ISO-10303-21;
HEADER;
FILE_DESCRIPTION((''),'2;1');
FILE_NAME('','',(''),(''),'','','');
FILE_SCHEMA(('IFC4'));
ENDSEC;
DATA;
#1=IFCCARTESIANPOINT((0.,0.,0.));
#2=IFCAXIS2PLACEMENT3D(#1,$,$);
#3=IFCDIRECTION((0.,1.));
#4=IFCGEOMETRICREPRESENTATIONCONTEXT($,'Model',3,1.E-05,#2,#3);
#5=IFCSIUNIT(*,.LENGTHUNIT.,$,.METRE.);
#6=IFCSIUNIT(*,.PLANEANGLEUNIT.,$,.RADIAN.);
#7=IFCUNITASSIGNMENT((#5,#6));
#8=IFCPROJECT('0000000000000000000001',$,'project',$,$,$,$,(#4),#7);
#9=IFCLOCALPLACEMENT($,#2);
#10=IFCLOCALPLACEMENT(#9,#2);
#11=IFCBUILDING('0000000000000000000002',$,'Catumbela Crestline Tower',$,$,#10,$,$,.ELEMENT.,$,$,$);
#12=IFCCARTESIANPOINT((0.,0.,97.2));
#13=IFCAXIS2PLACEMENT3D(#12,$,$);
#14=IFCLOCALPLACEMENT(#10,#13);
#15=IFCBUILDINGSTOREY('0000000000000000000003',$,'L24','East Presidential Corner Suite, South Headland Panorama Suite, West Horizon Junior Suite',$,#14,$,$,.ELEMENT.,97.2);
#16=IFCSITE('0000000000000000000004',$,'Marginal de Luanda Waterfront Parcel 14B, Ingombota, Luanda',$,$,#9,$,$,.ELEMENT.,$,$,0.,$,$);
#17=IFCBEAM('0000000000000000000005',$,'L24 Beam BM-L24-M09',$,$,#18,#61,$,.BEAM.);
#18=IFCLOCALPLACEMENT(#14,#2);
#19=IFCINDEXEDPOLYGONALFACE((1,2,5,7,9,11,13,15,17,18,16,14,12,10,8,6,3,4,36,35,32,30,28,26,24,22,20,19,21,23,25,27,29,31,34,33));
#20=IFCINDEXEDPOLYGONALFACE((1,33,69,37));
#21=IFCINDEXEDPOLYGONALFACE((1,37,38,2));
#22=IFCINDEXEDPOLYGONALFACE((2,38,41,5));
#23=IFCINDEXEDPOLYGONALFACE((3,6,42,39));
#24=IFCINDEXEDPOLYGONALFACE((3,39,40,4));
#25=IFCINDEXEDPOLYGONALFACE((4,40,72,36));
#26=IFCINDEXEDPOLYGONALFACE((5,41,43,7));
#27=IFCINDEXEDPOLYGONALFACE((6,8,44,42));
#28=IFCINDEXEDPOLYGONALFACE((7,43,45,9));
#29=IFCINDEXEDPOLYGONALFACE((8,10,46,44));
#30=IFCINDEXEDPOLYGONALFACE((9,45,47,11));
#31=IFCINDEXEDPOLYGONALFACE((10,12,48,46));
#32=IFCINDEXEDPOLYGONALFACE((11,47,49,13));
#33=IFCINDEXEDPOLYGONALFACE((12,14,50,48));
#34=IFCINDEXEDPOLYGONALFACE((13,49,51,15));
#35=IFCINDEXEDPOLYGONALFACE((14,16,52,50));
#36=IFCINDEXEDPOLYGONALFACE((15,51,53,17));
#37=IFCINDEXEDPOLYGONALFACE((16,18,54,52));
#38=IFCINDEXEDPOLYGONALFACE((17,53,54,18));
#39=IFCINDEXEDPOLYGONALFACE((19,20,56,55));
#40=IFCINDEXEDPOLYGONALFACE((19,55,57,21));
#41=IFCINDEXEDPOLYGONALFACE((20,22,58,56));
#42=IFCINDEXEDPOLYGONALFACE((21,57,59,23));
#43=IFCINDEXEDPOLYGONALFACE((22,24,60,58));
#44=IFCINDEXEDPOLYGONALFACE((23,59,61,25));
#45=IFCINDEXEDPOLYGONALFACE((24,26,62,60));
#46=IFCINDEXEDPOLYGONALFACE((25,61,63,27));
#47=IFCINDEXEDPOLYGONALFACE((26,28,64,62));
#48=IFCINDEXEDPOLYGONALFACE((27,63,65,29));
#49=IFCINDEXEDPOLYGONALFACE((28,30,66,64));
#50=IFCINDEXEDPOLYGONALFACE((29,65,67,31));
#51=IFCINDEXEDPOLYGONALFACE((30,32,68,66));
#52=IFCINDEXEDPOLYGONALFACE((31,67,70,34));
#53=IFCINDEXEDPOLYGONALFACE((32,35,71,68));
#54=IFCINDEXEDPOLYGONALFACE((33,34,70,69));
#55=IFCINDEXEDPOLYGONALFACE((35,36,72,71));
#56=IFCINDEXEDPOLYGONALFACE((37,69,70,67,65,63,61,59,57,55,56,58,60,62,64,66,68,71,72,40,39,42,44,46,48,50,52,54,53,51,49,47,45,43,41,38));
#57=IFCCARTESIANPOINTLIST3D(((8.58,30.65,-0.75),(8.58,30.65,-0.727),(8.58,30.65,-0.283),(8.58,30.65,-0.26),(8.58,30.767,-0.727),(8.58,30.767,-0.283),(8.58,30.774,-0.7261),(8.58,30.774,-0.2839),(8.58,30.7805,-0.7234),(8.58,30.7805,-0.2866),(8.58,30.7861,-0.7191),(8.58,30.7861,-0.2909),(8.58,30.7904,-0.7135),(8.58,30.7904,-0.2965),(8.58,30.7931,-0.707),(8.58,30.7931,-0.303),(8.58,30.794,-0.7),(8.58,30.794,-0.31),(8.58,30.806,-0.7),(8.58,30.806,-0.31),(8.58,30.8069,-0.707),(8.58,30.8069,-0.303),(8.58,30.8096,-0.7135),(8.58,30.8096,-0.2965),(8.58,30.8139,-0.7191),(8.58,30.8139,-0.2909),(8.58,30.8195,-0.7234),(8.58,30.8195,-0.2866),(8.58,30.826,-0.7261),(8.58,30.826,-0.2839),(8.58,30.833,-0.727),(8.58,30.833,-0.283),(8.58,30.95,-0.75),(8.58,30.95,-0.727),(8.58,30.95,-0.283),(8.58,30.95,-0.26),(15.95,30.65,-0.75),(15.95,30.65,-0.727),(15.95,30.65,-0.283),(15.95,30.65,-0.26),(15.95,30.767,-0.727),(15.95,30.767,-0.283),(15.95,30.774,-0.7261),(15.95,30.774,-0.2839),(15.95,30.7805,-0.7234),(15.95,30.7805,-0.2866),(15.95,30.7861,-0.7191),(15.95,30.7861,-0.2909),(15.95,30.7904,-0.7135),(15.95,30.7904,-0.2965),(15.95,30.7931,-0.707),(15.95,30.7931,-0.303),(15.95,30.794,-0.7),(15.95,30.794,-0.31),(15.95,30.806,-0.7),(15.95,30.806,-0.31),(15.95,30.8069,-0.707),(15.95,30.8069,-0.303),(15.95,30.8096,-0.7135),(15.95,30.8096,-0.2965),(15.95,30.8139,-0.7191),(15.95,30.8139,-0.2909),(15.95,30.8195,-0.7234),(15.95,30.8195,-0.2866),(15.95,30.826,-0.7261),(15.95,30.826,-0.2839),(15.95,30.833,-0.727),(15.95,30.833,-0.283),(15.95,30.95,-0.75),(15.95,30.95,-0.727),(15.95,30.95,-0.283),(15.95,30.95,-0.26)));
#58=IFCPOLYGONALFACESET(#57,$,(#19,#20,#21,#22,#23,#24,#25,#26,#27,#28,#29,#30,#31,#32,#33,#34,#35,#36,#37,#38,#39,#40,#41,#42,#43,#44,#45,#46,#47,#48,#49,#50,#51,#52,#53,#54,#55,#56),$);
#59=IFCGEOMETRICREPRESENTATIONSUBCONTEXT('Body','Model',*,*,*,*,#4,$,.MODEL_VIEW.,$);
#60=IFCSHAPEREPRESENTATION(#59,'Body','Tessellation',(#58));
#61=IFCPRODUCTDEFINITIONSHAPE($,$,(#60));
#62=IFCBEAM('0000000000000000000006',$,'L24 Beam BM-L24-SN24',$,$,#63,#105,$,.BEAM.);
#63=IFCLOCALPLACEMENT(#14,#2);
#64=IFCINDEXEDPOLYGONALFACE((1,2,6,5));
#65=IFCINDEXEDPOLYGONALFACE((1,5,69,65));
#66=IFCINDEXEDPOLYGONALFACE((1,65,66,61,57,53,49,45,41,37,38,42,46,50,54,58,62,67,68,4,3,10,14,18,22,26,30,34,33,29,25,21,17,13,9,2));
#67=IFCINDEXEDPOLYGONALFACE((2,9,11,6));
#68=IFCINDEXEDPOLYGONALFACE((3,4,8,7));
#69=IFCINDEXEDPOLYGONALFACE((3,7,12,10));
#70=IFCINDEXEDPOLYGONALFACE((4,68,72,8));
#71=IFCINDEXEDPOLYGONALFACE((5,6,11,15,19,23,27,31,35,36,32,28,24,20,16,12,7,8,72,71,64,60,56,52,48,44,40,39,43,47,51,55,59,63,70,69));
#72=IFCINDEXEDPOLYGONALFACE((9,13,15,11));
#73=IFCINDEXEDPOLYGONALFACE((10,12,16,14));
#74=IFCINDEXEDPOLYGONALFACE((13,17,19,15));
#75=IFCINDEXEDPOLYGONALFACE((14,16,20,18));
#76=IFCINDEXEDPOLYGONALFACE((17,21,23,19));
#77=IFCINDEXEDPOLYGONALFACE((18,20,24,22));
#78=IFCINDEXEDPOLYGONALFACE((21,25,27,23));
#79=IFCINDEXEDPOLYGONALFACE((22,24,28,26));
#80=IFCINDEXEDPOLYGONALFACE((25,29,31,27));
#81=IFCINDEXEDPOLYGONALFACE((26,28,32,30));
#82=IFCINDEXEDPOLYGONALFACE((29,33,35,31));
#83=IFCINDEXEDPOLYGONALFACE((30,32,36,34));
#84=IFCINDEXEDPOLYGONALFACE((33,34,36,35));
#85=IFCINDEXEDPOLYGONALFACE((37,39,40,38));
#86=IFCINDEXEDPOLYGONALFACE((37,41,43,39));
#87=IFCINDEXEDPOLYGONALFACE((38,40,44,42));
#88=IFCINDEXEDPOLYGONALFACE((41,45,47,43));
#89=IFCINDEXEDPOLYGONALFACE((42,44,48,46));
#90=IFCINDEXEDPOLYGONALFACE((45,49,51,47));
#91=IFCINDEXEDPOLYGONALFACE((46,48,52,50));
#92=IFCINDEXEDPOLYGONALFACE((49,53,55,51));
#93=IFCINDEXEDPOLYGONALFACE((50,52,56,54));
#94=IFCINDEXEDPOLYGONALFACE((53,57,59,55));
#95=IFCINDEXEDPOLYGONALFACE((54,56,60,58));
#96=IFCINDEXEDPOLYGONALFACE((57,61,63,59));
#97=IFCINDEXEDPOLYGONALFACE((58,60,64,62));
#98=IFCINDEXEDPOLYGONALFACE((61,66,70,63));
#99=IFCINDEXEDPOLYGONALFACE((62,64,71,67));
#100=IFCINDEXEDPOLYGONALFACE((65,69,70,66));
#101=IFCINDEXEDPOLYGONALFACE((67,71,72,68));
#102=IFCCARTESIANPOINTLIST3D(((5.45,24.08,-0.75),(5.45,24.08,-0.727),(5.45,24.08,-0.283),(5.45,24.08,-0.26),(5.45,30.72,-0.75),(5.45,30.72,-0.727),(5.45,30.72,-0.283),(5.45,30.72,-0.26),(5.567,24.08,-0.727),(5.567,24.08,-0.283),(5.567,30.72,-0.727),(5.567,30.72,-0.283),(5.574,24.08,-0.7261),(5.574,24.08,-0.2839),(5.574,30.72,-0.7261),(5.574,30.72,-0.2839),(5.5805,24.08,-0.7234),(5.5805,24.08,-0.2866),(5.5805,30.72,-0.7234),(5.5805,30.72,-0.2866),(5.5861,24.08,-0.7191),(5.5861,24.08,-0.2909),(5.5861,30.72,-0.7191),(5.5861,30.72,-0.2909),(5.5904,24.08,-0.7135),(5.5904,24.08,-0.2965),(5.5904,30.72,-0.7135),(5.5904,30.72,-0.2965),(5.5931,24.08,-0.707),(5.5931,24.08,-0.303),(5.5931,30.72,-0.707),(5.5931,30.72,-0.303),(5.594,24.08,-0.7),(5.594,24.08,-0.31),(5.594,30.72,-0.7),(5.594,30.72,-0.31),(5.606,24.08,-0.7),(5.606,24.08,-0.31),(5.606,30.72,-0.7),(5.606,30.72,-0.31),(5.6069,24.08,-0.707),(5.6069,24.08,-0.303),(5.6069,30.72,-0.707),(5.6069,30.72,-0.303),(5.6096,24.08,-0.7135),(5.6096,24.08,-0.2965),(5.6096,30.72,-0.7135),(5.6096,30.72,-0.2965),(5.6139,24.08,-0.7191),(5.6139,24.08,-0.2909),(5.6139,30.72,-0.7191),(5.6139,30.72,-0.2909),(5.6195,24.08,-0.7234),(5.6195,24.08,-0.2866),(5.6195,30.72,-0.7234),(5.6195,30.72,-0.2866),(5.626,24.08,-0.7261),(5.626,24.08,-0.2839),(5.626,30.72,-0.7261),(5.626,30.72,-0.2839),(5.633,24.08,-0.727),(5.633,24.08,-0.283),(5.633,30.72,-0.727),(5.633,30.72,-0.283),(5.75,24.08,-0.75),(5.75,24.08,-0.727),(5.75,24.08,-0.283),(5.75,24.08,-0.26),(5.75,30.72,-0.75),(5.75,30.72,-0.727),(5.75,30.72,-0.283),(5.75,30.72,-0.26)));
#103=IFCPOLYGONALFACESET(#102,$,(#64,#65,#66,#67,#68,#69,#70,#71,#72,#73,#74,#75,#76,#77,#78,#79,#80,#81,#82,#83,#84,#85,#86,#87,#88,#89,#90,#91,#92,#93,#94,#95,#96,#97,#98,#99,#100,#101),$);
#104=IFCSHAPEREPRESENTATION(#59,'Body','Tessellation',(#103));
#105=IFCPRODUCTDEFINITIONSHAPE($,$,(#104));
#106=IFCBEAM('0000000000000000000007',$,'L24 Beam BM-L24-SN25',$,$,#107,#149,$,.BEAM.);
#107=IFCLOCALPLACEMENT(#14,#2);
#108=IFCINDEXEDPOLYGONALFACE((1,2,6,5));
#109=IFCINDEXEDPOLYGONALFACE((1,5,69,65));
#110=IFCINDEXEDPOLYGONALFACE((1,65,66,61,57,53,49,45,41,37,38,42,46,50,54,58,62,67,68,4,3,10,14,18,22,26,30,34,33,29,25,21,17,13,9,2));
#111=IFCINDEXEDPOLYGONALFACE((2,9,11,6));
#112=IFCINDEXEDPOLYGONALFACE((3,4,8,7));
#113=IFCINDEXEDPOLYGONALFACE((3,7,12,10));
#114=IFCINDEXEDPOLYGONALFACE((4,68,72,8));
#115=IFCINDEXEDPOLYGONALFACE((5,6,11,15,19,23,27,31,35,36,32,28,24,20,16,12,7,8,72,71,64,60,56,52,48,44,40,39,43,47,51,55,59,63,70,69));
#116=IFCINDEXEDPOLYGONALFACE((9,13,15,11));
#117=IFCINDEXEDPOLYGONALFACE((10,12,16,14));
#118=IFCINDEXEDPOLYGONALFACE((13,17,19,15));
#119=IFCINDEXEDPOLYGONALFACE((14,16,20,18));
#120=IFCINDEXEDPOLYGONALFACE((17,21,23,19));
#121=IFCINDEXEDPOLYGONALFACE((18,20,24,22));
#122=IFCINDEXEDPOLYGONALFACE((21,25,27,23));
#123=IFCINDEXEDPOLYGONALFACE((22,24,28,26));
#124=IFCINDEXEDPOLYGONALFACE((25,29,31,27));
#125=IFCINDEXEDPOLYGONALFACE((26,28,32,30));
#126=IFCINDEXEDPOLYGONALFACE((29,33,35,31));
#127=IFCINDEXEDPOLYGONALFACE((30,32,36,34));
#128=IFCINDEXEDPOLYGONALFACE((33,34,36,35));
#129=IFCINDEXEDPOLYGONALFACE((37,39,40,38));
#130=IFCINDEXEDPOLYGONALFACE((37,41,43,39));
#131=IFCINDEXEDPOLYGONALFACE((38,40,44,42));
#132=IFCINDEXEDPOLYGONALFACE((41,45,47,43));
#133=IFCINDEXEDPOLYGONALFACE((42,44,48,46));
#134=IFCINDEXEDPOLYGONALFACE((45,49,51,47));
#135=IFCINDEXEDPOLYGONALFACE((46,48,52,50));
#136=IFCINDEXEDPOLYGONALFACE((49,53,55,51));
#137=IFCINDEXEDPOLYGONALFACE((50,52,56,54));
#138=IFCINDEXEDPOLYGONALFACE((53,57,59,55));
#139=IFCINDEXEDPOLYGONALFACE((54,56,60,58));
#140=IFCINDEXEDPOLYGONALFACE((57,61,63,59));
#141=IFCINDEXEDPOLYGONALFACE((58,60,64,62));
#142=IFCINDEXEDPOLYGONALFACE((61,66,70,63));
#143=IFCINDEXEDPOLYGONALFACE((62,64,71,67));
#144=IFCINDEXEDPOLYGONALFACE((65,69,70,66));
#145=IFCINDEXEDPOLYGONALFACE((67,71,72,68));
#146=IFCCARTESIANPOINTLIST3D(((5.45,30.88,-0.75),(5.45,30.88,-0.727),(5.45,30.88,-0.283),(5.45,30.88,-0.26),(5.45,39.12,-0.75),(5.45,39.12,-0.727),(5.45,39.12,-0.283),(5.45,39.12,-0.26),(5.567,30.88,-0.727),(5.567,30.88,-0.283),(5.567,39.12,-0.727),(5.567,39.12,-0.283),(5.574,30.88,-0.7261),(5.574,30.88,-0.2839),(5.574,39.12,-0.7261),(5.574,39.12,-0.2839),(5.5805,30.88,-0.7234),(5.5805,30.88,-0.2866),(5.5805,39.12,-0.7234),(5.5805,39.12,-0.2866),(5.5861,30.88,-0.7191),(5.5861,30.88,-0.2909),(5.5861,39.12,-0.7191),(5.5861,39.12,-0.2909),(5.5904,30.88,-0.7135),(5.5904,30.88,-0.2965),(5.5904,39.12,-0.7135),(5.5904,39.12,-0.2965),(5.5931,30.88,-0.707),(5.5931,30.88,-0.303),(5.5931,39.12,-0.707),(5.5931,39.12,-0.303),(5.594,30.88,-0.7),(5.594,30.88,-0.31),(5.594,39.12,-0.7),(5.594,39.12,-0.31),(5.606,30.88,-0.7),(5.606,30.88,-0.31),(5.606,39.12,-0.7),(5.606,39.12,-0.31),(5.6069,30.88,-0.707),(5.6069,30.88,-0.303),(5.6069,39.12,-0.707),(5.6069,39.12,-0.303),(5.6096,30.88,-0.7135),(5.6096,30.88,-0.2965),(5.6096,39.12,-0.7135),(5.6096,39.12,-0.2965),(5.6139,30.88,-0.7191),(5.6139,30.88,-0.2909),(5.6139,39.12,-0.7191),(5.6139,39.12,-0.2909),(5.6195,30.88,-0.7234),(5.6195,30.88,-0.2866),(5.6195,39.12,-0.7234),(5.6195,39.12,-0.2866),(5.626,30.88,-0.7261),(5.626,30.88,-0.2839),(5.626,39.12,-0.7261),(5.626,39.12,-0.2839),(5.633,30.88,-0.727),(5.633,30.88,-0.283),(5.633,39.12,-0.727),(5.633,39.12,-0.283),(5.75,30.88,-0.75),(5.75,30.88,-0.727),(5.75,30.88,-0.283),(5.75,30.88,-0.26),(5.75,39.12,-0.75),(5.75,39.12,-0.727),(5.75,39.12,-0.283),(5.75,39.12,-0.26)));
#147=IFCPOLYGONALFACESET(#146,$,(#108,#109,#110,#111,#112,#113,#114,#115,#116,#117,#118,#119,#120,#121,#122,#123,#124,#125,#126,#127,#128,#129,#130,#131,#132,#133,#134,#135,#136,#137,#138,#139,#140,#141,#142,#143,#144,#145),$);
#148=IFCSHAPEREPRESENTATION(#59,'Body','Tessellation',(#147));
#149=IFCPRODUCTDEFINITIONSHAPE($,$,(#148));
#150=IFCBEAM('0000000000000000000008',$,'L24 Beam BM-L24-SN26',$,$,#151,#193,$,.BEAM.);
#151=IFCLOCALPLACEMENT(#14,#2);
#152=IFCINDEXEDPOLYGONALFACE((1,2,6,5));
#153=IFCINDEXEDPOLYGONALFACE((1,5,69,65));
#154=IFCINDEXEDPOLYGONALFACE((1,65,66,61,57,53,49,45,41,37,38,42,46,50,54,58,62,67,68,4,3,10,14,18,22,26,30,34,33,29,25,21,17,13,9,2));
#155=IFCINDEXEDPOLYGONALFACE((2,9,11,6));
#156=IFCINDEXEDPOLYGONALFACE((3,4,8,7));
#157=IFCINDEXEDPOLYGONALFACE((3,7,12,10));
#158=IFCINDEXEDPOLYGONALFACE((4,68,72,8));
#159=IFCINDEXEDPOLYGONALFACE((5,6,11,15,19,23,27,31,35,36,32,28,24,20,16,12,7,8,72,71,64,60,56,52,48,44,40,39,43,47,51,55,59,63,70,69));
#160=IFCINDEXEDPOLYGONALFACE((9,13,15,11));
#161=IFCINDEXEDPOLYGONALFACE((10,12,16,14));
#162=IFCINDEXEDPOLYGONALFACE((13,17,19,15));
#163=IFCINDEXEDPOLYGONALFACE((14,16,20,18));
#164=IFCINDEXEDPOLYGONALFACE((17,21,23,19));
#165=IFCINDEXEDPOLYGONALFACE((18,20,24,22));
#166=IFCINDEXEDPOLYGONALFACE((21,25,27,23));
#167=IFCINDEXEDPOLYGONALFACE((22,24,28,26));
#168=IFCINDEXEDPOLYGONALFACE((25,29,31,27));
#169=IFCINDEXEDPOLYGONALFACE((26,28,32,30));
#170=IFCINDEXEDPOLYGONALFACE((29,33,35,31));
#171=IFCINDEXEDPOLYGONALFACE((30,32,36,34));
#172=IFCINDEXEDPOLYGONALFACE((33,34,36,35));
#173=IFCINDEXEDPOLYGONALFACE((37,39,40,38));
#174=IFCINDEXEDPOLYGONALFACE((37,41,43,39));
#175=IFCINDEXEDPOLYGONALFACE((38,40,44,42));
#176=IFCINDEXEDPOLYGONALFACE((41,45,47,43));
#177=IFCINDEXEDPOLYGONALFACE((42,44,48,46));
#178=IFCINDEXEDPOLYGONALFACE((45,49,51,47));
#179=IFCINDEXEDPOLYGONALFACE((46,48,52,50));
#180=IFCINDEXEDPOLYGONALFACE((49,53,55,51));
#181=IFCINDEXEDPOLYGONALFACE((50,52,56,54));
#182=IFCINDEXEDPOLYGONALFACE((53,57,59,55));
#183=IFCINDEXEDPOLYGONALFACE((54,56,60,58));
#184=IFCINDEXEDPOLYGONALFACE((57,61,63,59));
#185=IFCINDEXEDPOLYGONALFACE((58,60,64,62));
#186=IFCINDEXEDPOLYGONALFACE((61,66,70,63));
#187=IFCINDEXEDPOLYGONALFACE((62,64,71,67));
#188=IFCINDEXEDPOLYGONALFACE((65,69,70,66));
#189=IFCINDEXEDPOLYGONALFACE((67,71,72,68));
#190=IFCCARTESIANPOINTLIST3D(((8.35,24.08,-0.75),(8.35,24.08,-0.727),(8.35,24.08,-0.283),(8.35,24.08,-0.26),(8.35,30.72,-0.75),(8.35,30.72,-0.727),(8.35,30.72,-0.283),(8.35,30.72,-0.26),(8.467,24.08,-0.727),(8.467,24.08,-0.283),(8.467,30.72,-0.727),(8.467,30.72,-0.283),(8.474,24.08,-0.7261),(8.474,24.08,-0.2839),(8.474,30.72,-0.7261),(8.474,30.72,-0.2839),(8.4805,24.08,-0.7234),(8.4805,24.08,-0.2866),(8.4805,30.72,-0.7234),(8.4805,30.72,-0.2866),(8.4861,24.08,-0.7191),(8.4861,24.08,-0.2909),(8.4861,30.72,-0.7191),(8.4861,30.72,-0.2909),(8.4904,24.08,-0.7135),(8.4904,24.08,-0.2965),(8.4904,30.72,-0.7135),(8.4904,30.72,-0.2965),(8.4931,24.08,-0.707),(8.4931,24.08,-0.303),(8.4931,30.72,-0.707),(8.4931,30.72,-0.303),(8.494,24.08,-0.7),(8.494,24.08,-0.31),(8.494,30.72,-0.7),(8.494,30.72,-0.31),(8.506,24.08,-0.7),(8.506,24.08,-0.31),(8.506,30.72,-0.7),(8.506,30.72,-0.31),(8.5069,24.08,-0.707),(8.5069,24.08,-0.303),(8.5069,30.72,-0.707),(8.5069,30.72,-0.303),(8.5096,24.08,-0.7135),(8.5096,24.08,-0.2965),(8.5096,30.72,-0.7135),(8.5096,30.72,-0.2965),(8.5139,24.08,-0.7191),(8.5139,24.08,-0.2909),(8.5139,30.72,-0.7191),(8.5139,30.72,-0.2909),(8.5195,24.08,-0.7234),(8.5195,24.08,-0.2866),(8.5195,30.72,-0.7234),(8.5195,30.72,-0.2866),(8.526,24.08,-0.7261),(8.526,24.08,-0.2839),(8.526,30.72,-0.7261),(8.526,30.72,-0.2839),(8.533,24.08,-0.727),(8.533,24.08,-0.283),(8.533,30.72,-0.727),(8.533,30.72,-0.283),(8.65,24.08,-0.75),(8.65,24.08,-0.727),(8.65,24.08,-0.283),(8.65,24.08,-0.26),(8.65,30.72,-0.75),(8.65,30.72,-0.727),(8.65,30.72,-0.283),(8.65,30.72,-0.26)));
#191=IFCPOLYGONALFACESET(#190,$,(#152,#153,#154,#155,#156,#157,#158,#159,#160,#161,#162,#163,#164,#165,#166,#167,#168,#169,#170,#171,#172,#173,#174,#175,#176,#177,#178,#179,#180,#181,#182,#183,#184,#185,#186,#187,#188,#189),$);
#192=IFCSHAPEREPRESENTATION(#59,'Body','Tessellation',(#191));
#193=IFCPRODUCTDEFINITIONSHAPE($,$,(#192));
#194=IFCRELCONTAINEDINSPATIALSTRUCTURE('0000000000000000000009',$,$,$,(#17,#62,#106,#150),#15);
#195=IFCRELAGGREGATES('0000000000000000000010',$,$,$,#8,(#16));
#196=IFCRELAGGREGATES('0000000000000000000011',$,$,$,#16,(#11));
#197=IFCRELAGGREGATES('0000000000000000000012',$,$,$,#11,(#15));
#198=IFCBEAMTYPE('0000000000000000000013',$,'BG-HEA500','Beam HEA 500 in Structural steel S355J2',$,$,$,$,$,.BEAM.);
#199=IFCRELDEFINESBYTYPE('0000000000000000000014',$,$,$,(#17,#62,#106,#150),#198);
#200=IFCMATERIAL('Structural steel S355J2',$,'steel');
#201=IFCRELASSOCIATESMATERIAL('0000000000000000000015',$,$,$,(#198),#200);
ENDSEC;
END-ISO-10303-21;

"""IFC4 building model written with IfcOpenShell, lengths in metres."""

from ifc_helpers import new_model, si_unit, direction, frame, origin, origin_2d, place, context, subcontext, project, spatial, i_section, extrude, material, material_profile, profile_set, type_object, element, save


model = new_model("IFC4")

# Units and contexts
model_context = context("Model", 3, precision=1e-05, world=origin(), true_north=direction((0.0, 1.0)))
body_context = subcontext(model_context, "Body", "Model", "MODEL_VIEW")
ifc_project = project(units=[si_unit("LENGTHUNIT", "METRE"), si_unit("PLANEANGLEUNIT", "RADIAN")], contexts=[model_context])

# Site, building, storey
site_placement = place(None, origin())
site = spatial("IfcSite", under=ifc_project, at=site_placement, Name="Marginal de Luanda Waterfront Parcel 14B, Ingombota, Luanda", CompositionType="ELEMENT", RefElevation=0.0)
building_placement = place(site_placement, origin())
building = spatial("IfcBuilding", under=site, at=building_placement, Name="Catumbela Crestline Tower", CompositionType="ELEMENT")
storey_placement = place(building_placement, frame((0.0, 0.0, 97.2)))
storey = spatial("IfcBuildingStorey", under=building, at=storey_placement, Name="L24", Description="East Presidential Corner Suite, South Headland Panorama Suite, West Horizon Junior Suite", CompositionType="ELEMENT", Elevation=97.2)

# Beams
ifc_material_1 = material(Name="Structural steel S355J2", Category="steel")
ifc_material_profile_1 = material_profile(ifc_material_1, i_section(OverallWidth=0.3, OverallDepth=0.49, WebThickness=0.012, FlangeThickness=0.023, FilletRadius=0.027, at=origin_2d()), Name="HEA 500")
ifc_profile_set_1 = profile_set([ifc_material_profile_1], Name="Structural steel S355J2")
beam_type = type_object("IfcBeamType", Name="BG-HEA500", Description="Beam HEA 500 in Structural steel S355J2", PredefinedType="BEAM", material=ifc_profile_set_1)
beam_1_placement = place(storey_placement, frame((8.58, 30.8, -0.505), z_axis=(1.0, 0.0, 0.0), x_axis=(0.0, 1.0, 0.0)))
element("IfcBeam", 1, at=beam_1_placement, inside=storey, type_object=beam_type, Name="L24 Beam BM-L24-M09", PredefinedType="BEAM", context=body_context, shape_type="SweptSolid", body=[
    extrude(i_section(OverallWidth=0.3, OverallDepth=0.49, WebThickness=0.012, FlangeThickness=0.023, FilletRadius=0.027, at=origin_2d()), origin(), (0.0, 0.0, 1.0), 7.37),
])
beam_2_placement = place(storey_placement, frame((5.6, 24.08, -0.505), z_axis=(0.0, 1.0, 0.0), x_axis=(-1.0, 0.0, 0.0)))
element("IfcBeam", 2, at=beam_2_placement, inside=storey, type_object=beam_type, Name="L24 Beam BM-L24-SN24", PredefinedType="BEAM", context=body_context, shape_type="SweptSolid", body=[
    extrude(i_section(OverallWidth=0.3, OverallDepth=0.49, WebThickness=0.012, FlangeThickness=0.023, FilletRadius=0.027, at=origin_2d()), origin(), (0.0, 0.0, 1.0), 6.64),
])
beam_3_placement = place(storey_placement, frame((5.6, 30.88, -0.505), z_axis=(0.0, 1.0, 0.0), x_axis=(-1.0, 0.0, 0.0)))
element("IfcBeam", 3, at=beam_3_placement, inside=storey, type_object=beam_type, Name="L24 Beam BM-L24-SN25", PredefinedType="BEAM", context=body_context, shape_type="SweptSolid", body=[
    extrude(i_section(OverallWidth=0.3, OverallDepth=0.49, WebThickness=0.012, FlangeThickness=0.023, FilletRadius=0.027, at=origin_2d()), origin(), (0.0, 0.0, 1.0), 8.24),
])
beam_4_placement = place(storey_placement, frame((8.5, 24.08, -0.505), z_axis=(0.0, 1.0, 0.0), x_axis=(-1.0, 0.0, 0.0)))
element("IfcBeam", 4, at=beam_4_placement, inside=storey, type_object=beam_type, Name="L24 Beam BM-L24-SN26", PredefinedType="BEAM", context=body_context, shape_type="SweptSolid", body=[
    extrude(i_section(OverallWidth=0.3, OverallDepth=0.49, WebThickness=0.012, FlangeThickness=0.023, FilletRadius=0.027, at=origin_2d()), origin(), (0.0, 0.0, 1.0), 6.64),
])

save(model, "model.ifc")
